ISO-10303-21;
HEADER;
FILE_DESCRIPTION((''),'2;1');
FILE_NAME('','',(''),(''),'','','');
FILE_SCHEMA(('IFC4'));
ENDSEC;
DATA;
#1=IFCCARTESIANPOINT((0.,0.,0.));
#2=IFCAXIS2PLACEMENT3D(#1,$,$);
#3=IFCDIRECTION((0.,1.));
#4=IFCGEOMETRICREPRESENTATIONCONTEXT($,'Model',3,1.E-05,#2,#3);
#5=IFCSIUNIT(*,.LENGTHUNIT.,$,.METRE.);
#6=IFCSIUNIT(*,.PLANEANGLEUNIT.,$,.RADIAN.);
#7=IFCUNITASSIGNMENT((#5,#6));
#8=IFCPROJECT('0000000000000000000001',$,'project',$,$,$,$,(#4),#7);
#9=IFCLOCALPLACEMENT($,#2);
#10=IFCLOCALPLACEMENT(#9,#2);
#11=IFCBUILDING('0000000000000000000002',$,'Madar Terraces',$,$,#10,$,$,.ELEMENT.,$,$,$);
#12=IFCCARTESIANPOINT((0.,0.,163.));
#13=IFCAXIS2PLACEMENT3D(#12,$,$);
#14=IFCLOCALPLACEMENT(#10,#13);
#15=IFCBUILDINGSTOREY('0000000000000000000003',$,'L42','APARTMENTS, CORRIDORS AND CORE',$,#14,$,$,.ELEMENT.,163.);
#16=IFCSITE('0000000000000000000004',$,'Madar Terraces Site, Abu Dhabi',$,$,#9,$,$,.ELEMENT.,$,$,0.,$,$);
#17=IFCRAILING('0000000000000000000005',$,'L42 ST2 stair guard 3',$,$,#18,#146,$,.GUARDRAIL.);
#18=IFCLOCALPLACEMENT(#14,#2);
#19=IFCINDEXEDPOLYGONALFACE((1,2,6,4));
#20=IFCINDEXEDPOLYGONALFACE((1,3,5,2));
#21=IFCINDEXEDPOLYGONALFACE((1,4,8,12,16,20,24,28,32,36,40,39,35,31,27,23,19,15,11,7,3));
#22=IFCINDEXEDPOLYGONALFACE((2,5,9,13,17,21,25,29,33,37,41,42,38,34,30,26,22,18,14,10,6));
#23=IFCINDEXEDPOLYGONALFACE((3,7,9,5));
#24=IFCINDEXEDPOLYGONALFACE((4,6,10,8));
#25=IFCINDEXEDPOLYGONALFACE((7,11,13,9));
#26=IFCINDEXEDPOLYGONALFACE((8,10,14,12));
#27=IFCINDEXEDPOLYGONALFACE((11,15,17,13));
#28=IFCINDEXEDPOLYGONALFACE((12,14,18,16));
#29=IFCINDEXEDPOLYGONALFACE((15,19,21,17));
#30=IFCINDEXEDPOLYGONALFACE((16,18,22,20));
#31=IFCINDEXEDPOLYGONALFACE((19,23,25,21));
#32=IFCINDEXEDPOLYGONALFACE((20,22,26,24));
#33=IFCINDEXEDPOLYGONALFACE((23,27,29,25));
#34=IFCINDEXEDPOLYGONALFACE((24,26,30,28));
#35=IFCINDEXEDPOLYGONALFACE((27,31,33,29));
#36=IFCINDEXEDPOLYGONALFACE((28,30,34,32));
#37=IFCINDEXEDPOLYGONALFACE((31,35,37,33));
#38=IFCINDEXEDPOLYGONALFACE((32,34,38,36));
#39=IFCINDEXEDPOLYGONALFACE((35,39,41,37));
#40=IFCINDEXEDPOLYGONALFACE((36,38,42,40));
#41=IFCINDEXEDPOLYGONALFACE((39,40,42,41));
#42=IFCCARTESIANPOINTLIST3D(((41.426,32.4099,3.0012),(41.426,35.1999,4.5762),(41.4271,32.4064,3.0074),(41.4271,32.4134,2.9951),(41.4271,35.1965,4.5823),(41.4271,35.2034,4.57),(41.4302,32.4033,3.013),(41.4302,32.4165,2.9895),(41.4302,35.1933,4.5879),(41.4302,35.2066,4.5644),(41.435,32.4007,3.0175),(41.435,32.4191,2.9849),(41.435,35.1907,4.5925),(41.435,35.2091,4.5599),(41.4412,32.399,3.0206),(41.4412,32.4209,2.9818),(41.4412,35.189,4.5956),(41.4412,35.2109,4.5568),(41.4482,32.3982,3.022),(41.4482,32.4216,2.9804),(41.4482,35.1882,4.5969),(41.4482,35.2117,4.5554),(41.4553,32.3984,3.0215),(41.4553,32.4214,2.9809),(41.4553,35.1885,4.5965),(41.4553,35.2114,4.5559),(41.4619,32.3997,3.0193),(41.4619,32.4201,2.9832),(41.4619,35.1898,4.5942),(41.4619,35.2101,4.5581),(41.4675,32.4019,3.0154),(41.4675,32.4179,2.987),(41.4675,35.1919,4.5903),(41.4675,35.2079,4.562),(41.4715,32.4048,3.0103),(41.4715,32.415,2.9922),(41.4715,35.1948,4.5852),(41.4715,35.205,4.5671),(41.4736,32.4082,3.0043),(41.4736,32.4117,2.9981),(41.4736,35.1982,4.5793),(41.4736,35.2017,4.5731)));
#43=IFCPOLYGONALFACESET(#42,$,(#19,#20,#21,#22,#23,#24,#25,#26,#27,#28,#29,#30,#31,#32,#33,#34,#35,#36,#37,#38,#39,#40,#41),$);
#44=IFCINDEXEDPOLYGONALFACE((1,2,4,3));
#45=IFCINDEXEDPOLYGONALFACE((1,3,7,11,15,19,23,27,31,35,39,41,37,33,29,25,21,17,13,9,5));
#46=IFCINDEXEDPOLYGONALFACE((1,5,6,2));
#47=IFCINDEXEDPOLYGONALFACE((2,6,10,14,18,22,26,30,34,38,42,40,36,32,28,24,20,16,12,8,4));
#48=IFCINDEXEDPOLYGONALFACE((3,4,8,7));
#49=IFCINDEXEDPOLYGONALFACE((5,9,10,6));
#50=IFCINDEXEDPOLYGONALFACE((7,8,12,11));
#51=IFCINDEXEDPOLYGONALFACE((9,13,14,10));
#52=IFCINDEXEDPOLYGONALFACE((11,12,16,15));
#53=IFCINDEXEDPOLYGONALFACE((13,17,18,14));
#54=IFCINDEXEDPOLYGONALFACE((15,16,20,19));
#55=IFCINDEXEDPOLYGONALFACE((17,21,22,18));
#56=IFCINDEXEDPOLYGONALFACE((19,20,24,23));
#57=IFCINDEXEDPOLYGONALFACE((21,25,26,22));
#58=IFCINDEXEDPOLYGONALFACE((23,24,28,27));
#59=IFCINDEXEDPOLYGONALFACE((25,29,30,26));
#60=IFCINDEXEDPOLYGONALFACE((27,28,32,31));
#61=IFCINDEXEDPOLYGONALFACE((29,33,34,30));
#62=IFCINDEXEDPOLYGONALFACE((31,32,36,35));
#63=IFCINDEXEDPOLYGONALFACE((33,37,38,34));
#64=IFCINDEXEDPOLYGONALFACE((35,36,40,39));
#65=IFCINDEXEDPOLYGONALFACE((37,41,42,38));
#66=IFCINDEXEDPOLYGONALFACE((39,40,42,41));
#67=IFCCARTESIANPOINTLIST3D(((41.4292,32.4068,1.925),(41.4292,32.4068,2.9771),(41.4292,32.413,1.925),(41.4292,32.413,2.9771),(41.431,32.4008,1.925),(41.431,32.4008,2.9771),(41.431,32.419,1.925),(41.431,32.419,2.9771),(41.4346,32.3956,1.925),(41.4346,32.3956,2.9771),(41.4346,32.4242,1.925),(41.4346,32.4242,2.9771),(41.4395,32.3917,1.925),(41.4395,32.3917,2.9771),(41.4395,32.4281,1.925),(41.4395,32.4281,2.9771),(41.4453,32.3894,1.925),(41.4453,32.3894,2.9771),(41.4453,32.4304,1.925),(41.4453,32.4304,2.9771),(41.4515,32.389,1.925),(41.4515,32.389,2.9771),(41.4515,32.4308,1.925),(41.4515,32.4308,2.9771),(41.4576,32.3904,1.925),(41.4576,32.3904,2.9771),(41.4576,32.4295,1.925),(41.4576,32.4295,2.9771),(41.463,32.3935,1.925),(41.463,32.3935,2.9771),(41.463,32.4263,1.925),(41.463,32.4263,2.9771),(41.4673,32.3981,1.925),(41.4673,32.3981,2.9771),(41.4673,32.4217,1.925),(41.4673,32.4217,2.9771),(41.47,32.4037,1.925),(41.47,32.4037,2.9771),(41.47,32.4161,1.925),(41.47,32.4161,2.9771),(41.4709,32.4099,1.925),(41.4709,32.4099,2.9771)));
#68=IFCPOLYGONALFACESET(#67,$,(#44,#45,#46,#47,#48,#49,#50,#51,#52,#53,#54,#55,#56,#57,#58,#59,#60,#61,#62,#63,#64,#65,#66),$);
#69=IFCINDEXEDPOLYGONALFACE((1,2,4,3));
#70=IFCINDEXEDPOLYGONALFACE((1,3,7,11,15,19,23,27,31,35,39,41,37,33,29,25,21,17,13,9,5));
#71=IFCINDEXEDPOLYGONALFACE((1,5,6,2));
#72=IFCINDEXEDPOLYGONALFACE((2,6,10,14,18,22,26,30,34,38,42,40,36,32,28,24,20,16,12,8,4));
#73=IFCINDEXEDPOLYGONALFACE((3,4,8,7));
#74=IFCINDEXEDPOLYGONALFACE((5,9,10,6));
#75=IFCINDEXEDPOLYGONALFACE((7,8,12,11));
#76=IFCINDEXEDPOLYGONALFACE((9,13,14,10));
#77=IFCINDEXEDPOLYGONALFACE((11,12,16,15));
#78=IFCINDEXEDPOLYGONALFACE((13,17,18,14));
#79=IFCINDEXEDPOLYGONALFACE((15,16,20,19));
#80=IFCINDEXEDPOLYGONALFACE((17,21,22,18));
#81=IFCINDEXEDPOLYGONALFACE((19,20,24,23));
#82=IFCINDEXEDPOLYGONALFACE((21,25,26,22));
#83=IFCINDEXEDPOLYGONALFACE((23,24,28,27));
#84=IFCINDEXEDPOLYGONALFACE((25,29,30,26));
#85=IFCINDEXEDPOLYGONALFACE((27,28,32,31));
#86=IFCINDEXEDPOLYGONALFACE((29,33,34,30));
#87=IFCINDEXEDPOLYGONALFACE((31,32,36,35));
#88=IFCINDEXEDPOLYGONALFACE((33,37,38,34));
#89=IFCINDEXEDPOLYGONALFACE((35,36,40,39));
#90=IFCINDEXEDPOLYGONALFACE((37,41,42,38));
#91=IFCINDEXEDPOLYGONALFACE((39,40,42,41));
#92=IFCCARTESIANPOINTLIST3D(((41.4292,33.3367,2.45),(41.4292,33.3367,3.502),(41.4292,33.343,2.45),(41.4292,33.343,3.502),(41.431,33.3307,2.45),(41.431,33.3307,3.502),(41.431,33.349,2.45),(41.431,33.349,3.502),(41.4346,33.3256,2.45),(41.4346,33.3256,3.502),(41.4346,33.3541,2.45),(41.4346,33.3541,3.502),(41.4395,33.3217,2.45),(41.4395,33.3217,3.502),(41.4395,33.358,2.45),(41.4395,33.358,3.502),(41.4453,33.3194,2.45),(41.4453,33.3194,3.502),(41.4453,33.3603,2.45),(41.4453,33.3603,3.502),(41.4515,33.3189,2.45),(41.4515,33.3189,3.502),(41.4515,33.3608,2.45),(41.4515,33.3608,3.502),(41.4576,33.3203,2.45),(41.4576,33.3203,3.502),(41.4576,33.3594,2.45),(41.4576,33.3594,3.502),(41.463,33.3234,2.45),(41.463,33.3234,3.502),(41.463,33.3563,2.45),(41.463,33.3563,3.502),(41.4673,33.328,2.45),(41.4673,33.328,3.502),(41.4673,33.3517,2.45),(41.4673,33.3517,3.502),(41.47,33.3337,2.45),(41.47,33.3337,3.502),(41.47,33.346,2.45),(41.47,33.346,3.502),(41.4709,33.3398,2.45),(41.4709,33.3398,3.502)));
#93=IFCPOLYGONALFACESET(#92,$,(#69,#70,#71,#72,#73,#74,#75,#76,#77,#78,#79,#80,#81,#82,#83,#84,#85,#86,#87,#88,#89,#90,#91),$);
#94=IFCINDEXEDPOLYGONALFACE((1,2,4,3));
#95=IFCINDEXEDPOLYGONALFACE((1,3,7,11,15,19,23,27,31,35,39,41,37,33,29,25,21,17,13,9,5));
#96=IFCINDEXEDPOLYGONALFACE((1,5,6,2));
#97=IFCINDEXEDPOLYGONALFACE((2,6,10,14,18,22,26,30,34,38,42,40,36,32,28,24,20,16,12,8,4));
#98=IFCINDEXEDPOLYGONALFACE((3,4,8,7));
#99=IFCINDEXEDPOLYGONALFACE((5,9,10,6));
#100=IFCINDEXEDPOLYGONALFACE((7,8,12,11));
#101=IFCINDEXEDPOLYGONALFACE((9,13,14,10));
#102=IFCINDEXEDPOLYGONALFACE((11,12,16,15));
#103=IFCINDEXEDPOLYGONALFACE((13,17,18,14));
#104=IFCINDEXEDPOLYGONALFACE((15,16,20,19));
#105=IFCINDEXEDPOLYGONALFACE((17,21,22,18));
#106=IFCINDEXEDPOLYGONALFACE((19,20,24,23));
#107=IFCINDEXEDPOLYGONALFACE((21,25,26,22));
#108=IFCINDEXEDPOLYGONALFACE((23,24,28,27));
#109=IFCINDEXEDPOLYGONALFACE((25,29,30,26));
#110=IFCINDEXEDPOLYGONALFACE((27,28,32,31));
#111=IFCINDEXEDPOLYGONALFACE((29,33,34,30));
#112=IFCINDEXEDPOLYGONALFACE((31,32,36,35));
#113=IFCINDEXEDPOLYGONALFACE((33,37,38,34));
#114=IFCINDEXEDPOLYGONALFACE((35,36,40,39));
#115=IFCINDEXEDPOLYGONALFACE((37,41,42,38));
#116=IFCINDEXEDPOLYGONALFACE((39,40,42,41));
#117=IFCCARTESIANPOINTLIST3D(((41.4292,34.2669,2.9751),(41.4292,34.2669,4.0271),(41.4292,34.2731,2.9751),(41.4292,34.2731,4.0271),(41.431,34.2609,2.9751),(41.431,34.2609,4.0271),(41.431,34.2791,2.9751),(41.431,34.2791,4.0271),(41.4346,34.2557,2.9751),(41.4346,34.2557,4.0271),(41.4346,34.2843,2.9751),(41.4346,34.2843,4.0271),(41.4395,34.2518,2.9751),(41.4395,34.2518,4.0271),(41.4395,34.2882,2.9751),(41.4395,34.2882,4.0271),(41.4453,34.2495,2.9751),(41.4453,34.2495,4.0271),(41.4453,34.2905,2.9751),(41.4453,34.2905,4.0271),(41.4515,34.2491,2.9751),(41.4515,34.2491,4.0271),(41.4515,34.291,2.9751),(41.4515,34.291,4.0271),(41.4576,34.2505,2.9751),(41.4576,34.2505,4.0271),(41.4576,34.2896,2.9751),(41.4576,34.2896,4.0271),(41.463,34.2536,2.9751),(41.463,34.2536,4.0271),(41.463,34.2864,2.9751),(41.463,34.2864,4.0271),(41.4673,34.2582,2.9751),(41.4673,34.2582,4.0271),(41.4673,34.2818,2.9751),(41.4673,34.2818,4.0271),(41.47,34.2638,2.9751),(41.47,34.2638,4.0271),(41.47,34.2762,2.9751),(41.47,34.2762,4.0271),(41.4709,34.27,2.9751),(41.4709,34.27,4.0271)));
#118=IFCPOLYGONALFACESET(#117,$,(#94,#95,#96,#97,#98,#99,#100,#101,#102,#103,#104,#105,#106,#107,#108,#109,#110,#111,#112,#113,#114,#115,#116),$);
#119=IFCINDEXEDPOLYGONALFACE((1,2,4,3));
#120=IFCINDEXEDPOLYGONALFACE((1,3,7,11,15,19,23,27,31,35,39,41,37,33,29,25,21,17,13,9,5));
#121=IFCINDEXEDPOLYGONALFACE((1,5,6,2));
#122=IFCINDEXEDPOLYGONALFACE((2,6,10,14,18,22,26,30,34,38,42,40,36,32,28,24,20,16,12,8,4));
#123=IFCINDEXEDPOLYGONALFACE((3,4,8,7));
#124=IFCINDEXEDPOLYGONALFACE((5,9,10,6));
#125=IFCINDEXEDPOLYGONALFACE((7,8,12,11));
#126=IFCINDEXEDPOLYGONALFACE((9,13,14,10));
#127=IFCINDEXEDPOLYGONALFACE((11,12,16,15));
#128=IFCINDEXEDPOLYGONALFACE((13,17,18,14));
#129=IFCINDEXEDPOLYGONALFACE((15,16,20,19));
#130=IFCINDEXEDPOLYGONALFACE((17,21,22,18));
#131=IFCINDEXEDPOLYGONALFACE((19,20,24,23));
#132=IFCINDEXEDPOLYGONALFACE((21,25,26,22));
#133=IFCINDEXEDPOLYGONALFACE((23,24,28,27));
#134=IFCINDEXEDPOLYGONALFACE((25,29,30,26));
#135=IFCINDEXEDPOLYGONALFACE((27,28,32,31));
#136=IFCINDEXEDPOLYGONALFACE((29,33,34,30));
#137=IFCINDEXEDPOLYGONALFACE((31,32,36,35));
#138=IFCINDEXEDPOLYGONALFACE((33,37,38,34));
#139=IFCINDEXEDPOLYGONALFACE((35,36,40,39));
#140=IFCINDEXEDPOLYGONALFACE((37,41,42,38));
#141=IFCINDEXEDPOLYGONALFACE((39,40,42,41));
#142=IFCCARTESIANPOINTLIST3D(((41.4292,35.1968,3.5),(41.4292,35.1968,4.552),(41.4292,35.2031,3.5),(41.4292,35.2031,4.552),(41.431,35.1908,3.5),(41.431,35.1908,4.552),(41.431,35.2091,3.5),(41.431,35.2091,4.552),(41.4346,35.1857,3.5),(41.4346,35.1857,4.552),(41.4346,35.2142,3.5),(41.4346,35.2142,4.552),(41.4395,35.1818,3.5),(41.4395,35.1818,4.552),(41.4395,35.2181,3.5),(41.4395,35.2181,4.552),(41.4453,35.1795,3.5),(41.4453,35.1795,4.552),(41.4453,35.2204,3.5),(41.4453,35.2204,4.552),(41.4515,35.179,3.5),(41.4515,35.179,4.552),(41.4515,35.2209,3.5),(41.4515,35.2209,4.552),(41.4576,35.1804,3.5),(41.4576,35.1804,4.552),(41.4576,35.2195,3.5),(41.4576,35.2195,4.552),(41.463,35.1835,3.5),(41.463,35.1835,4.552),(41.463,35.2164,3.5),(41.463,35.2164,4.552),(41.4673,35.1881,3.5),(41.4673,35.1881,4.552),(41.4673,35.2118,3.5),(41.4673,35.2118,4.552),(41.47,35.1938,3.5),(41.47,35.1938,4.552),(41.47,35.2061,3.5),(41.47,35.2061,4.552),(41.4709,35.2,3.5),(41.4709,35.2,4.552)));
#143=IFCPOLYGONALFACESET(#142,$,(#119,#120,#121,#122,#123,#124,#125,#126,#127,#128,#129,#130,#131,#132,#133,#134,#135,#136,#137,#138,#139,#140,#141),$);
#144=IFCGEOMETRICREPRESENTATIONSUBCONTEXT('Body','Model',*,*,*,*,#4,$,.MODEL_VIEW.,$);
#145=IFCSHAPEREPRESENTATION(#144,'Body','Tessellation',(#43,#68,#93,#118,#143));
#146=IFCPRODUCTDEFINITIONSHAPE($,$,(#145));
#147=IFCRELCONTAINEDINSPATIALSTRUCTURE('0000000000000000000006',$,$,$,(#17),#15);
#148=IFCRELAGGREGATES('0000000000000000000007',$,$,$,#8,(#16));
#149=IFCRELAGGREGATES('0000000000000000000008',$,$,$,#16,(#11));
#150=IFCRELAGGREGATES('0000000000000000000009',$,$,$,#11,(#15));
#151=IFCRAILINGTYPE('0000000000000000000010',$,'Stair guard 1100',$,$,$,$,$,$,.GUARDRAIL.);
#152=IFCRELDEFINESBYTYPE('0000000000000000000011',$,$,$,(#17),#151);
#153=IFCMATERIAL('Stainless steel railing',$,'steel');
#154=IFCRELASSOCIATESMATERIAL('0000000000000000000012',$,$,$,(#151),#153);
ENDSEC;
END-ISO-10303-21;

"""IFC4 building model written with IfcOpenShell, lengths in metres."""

from ifc_helpers import new_model, si_unit, direction, frame, origin, origin_2d, place, context, subcontext, project, spatial, circle, extrude, material, type_object, element, save


model = new_model("IFC4")

# Units and contexts
model_context = context("Model", 3, precision=1e-05, world=origin(), true_north=direction((0.0, 1.0)))
body_context = subcontext(model_context, "Body", "Model", "MODEL_VIEW")
ifc_project = project(units=[si_unit("LENGTHUNIT", "METRE"), si_unit("PLANEANGLEUNIT", "RADIAN")], contexts=[model_context])

# Site, building, storey
site_placement = place(None, origin())
site = spatial("IfcSite", under=ifc_project, at=site_placement, Name="Madar Terraces Site, Abu Dhabi", CompositionType="ELEMENT", RefElevation=0.0)
building_placement = place(site_placement, origin())
building = spatial("IfcBuilding", under=site, at=building_placement, Name="Madar Terraces", CompositionType="ELEMENT")
storey_placement = place(building_placement, frame((0.0, 0.0, 163.0)))
storey = spatial("IfcBuildingStorey", under=building, at=storey_placement, Name="L42", Description="APARTMENTS, CORRIDORS AND CORE", CompositionType="ELEMENT", Elevation=163.0)

# Railing
ifc_material_1 = material(Name="Stainless steel railing", Category="steel")
railing_type_1 = type_object("IfcRailingType", Name="Stair guard 1100", PredefinedType="GUARDRAIL", material=ifc_material_1)
railing_1_placement = place(storey_placement, frame((41.45, 32.4099, 1.925)))
element("IfcRailing", 1, at=railing_1_placement, inside=storey, type_object=railing_type_1, Name="L42 ST2 stair guard 3", PredefinedType="GUARDRAIL", context=body_context, shape_type="SweptSolid", body=[
    extrude(circle(Radius=0.0239, at=origin_2d()), frame((0.0, 0.0, 1.0762), z_axis=(0.0, 0.870834, 0.491578), x_axis=(-1.0, 0.0, 0.0)), (0.0, 0.0, 1.0), 3.2039),
    extrude(circle(Radius=0.021, at=origin_2d()), origin(), (0.0, 0.0, 1.0), 1.052),
    extrude(circle(Radius=0.021, at=origin_2d()), frame((0.0, 0.9299, 0.5249)), (0.0, 0.0, 1.0), 1.052),
    extrude(circle(Radius=0.021, at=origin_2d()), frame((0.0, 1.8601, 1.05)), (0.0, 0.0, 1.0), 1.052),
    extrude(circle(Radius=0.021, at=origin_2d()), frame((0.0, 2.79, 1.575)), (0.0, 0.0, 1.0), 1.052),
])

save(model, "model.ifc")
